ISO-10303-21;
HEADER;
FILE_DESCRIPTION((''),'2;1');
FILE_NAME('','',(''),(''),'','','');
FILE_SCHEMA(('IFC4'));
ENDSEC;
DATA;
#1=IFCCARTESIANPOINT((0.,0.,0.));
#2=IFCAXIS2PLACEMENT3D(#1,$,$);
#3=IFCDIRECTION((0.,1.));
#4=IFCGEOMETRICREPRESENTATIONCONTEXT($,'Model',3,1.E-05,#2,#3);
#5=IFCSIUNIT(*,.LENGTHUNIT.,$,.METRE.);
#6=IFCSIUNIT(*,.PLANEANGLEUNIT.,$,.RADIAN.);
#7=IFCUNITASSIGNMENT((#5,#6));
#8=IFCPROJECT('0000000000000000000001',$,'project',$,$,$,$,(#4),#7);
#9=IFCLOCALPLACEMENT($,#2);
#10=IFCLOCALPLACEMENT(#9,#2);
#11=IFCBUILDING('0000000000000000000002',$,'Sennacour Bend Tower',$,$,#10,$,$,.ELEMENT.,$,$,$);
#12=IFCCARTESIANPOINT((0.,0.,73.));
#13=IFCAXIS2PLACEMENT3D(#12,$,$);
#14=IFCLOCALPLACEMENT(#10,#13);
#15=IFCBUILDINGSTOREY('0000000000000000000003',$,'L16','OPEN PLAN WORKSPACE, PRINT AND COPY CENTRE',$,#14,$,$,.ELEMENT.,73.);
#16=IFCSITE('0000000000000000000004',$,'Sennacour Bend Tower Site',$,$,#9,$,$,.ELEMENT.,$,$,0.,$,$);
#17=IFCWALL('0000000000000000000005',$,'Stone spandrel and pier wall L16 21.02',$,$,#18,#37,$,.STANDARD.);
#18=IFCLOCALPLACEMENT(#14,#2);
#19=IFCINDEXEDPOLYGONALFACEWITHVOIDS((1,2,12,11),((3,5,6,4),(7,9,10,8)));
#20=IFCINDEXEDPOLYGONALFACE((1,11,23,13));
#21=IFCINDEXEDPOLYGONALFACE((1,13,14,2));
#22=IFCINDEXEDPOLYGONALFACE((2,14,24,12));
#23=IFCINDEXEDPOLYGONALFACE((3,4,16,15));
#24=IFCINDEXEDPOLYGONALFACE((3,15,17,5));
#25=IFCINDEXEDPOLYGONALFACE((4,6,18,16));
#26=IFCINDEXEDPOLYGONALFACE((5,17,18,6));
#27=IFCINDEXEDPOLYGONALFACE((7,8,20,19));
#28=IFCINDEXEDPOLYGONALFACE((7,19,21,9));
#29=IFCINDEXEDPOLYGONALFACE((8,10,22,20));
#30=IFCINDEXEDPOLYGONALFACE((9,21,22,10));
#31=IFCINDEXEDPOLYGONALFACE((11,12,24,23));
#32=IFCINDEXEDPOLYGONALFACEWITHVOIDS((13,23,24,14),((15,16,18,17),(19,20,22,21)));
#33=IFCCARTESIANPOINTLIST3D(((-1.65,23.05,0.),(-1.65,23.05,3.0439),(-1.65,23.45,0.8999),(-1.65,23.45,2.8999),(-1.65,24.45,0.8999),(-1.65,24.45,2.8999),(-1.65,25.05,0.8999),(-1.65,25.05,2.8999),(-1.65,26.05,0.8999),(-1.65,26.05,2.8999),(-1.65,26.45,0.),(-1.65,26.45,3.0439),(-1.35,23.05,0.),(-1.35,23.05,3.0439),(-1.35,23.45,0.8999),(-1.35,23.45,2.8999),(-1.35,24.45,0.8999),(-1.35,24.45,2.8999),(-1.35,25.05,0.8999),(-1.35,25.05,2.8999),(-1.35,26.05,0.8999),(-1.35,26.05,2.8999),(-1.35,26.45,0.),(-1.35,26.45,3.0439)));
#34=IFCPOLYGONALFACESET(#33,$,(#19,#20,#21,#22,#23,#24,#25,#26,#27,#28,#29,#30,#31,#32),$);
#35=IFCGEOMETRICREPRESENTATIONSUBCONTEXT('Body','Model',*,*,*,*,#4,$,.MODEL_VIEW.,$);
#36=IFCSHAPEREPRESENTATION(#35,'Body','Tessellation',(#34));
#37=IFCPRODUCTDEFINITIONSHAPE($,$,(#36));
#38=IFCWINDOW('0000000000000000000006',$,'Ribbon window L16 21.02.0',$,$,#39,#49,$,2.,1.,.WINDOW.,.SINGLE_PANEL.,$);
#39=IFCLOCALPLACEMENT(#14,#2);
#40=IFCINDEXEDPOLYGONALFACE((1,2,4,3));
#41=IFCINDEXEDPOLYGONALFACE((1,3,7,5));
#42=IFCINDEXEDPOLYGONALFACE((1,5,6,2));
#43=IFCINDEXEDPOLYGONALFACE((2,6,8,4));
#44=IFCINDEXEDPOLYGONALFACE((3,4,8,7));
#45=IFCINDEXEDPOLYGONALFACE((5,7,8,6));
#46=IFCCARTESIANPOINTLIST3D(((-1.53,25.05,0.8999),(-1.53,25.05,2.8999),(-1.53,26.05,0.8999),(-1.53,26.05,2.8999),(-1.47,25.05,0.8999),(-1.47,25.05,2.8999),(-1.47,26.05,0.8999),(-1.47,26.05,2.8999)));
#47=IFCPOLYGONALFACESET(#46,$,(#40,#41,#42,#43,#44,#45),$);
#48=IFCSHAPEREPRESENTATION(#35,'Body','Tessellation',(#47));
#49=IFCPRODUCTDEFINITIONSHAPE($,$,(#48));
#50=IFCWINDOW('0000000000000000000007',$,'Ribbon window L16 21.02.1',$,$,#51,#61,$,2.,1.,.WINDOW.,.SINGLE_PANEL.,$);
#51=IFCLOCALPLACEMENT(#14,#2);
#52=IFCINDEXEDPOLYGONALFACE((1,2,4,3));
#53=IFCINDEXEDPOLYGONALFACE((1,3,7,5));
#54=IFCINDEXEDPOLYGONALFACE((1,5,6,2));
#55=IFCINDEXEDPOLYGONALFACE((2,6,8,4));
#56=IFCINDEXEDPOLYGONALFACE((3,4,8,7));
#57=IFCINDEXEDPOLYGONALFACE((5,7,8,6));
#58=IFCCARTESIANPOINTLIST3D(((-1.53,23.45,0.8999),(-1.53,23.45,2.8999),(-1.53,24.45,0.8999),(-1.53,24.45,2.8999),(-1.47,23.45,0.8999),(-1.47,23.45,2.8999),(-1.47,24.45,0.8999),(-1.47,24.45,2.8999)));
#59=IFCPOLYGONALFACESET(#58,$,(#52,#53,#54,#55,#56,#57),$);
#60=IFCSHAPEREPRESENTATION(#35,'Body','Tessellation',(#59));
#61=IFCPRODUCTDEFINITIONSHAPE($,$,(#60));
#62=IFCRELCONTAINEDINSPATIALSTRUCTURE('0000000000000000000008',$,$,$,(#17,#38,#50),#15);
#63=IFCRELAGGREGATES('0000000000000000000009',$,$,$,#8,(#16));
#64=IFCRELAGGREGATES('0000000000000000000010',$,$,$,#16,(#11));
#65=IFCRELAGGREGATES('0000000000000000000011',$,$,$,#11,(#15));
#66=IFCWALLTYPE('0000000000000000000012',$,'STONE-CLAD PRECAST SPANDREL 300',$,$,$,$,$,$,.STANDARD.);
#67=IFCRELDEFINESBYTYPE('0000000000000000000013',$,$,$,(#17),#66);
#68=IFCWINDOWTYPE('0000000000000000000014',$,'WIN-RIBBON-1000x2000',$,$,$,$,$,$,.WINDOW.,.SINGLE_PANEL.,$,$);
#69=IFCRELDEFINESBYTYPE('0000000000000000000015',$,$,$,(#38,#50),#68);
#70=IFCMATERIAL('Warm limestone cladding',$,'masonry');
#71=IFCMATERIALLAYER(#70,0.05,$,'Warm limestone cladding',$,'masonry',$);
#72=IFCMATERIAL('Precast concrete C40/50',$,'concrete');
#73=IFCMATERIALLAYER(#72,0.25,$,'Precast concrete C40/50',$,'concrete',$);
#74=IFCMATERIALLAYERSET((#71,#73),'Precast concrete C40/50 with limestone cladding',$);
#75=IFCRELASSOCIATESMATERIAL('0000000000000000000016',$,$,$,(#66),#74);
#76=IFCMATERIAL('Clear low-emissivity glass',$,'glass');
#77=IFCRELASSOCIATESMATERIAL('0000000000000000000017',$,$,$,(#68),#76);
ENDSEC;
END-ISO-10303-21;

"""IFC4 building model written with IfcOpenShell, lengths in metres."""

from ifc_helpers import new_model, si_unit, direction, frame, frame_2d, origin, place, context, subcontext, project, spatial, rectangle, extrude, material, layer, layer_set, type_object, element, fill, save


model = new_model("IFC4")

# Units and contexts
model_context = context("Model", 3, precision=1e-05, world=origin(), true_north=direction((0.0, 1.0)))
body_context = subcontext(model_context, "Body", "Model", "MODEL_VIEW")
ifc_project = project(units=[si_unit("LENGTHUNIT", "METRE"), si_unit("PLANEANGLEUNIT", "RADIAN")], contexts=[model_context])

# Site, building, storey
site_placement = place(None, origin())
site = spatial("IfcSite", under=ifc_project, at=site_placement, Name="Sennacour Bend Tower Site", CompositionType="ELEMENT", RefElevation=0.0)
building_placement = place(site_placement, origin())
building = spatial("IfcBuilding", under=site, at=building_placement, Name="Sennacour Bend Tower", CompositionType="ELEMENT")
storey_placement = place(building_placement, frame((0.0, 0.0, 73.0)))
storey = spatial("IfcBuildingStorey", under=building, at=storey_placement, Name="L16", Description="OPEN PLAN WORKSPACE, PRINT AND COPY CENTRE", CompositionType="ELEMENT", Elevation=73.0)

# Wall, openings, windows
ifc_material_1 = material(Name="Warm limestone cladding", Category="masonry")
ifc_layer_1 = layer(ifc_material_1, 0.05, Name="Warm limestone cladding", Category="masonry")
ifc_material_2 = material(Name="Precast concrete C40/50", Category="concrete")
ifc_layer_2 = layer(ifc_material_2, 0.25, Name="Precast concrete C40/50", Category="concrete")
ifc_layer_set_1 = layer_set([ifc_layer_1, ifc_layer_2], Name="Precast concrete C40/50 with limestone cladding")
wall_type_1 = type_object("IfcWallType", Name="STONE-CLAD PRECAST SPANDREL 300", PredefinedType="STANDARD", material=ifc_layer_set_1)
ifc_material_3 = material(Name="Clear low-emissivity glass", Category="glass")
window_type = type_object("IfcWindowType", Name="WIN-RIBBON-1000x2000", PartitioningType="SINGLE_PANEL", PredefinedType="WINDOW", material=ifc_material_3)
wall_1_placement = place(storey_placement, frame((-1.5, 26.45, 0.0), z_axis=(0.0, 0.0, 1.0), x_axis=(0.0, -1.0, 0.0)))
wall_1 = element("IfcWall", 1, at=wall_1_placement, inside=storey, type_object=wall_type_1, Name="Stone spandrel and pier wall L16 21.02", PredefinedType="STANDARD", context=body_context, shape_type="SweptSolid", body=[
    extrude(rectangle(XDim=3.3999, YDim=0.3, at=frame_2d((1.7, 0.0))), origin(), (0.0, 0.0, 1.0), 3.0439),
])
opening_1_placement = place(wall_1_placement, frame((0.3999, 0.0, 0.8999)))
opening_1 = element("IfcOpeningElement", 2, at=opening_1_placement, cuts=wall_1, PredefinedType="OPENING", context=body_context, shape_type="SweptSolid", body=[
    extrude(rectangle(XDim=1.0, YDim=2.0, at=frame_2d((0.5, 1.0))), frame((0.0, 0.1602, 0.0), z_axis=(0.0, -1.0, 0.0), x_axis=(1.0, 0.0, 0.0)), (0.0, 0.0, 1.0), 0.3201),
])
opening_2_placement = place(wall_1_placement, frame((2.0, 0.0, 0.8999)))
opening_2 = element("IfcOpeningElement", 3, at=opening_2_placement, cuts=wall_1, PredefinedType="OPENING", context=body_context, shape_type="SweptSolid", body=[
    extrude(rectangle(XDim=1.0, YDim=2.0, at=frame_2d((0.5, 1.0))), frame((0.0, 0.1602, 0.0), z_axis=(0.0, -1.0, 0.0), x_axis=(1.0, 0.0, 0.0)), (0.0, 0.0, 1.0), 0.3201),
])
window_1_placement = place(opening_1_placement, origin())
window_1 = element("IfcWindow", 4, at=window_1_placement, inside=storey, type_object=window_type, Name="Ribbon window L16 21.02.0", OverallHeight=2.0, OverallWidth=1.0, PartitioningType="SINGLE_PANEL", PredefinedType="WINDOW", context=body_context, shape_type="SweptSolid", body=[
    extrude(rectangle(XDim=1.0, YDim=2.0, at=frame_2d((0.5, 1.0))), frame((0.0, 0.03, 0.0), z_axis=(0.0, -1.0, 0.0), x_axis=(1.0, 0.0, 0.0)), (0.0, 0.0, 1.0), 0.0601),
])
fill(opening_1, window_1)
window_2_placement = place(opening_2_placement, origin())
window_2 = element("IfcWindow", 5, at=window_2_placement, inside=storey, type_object=window_type, Name="Ribbon window L16 21.02.1", OverallHeight=2.0, OverallWidth=1.0, PartitioningType="SINGLE_PANEL", PredefinedType="WINDOW", context=body_context, shape_type="SweptSolid", body=[
    extrude(rectangle(XDim=1.0, YDim=2.0, at=frame_2d((0.5, 1.0))), frame((0.0, 0.03, 0.0), z_axis=(0.0, -1.0, 0.0), x_axis=(1.0, 0.0, 0.0)), (0.0, 0.0, 1.0), 0.0601),
])
fill(opening_2, window_2)

save(model, "model.ifc")
